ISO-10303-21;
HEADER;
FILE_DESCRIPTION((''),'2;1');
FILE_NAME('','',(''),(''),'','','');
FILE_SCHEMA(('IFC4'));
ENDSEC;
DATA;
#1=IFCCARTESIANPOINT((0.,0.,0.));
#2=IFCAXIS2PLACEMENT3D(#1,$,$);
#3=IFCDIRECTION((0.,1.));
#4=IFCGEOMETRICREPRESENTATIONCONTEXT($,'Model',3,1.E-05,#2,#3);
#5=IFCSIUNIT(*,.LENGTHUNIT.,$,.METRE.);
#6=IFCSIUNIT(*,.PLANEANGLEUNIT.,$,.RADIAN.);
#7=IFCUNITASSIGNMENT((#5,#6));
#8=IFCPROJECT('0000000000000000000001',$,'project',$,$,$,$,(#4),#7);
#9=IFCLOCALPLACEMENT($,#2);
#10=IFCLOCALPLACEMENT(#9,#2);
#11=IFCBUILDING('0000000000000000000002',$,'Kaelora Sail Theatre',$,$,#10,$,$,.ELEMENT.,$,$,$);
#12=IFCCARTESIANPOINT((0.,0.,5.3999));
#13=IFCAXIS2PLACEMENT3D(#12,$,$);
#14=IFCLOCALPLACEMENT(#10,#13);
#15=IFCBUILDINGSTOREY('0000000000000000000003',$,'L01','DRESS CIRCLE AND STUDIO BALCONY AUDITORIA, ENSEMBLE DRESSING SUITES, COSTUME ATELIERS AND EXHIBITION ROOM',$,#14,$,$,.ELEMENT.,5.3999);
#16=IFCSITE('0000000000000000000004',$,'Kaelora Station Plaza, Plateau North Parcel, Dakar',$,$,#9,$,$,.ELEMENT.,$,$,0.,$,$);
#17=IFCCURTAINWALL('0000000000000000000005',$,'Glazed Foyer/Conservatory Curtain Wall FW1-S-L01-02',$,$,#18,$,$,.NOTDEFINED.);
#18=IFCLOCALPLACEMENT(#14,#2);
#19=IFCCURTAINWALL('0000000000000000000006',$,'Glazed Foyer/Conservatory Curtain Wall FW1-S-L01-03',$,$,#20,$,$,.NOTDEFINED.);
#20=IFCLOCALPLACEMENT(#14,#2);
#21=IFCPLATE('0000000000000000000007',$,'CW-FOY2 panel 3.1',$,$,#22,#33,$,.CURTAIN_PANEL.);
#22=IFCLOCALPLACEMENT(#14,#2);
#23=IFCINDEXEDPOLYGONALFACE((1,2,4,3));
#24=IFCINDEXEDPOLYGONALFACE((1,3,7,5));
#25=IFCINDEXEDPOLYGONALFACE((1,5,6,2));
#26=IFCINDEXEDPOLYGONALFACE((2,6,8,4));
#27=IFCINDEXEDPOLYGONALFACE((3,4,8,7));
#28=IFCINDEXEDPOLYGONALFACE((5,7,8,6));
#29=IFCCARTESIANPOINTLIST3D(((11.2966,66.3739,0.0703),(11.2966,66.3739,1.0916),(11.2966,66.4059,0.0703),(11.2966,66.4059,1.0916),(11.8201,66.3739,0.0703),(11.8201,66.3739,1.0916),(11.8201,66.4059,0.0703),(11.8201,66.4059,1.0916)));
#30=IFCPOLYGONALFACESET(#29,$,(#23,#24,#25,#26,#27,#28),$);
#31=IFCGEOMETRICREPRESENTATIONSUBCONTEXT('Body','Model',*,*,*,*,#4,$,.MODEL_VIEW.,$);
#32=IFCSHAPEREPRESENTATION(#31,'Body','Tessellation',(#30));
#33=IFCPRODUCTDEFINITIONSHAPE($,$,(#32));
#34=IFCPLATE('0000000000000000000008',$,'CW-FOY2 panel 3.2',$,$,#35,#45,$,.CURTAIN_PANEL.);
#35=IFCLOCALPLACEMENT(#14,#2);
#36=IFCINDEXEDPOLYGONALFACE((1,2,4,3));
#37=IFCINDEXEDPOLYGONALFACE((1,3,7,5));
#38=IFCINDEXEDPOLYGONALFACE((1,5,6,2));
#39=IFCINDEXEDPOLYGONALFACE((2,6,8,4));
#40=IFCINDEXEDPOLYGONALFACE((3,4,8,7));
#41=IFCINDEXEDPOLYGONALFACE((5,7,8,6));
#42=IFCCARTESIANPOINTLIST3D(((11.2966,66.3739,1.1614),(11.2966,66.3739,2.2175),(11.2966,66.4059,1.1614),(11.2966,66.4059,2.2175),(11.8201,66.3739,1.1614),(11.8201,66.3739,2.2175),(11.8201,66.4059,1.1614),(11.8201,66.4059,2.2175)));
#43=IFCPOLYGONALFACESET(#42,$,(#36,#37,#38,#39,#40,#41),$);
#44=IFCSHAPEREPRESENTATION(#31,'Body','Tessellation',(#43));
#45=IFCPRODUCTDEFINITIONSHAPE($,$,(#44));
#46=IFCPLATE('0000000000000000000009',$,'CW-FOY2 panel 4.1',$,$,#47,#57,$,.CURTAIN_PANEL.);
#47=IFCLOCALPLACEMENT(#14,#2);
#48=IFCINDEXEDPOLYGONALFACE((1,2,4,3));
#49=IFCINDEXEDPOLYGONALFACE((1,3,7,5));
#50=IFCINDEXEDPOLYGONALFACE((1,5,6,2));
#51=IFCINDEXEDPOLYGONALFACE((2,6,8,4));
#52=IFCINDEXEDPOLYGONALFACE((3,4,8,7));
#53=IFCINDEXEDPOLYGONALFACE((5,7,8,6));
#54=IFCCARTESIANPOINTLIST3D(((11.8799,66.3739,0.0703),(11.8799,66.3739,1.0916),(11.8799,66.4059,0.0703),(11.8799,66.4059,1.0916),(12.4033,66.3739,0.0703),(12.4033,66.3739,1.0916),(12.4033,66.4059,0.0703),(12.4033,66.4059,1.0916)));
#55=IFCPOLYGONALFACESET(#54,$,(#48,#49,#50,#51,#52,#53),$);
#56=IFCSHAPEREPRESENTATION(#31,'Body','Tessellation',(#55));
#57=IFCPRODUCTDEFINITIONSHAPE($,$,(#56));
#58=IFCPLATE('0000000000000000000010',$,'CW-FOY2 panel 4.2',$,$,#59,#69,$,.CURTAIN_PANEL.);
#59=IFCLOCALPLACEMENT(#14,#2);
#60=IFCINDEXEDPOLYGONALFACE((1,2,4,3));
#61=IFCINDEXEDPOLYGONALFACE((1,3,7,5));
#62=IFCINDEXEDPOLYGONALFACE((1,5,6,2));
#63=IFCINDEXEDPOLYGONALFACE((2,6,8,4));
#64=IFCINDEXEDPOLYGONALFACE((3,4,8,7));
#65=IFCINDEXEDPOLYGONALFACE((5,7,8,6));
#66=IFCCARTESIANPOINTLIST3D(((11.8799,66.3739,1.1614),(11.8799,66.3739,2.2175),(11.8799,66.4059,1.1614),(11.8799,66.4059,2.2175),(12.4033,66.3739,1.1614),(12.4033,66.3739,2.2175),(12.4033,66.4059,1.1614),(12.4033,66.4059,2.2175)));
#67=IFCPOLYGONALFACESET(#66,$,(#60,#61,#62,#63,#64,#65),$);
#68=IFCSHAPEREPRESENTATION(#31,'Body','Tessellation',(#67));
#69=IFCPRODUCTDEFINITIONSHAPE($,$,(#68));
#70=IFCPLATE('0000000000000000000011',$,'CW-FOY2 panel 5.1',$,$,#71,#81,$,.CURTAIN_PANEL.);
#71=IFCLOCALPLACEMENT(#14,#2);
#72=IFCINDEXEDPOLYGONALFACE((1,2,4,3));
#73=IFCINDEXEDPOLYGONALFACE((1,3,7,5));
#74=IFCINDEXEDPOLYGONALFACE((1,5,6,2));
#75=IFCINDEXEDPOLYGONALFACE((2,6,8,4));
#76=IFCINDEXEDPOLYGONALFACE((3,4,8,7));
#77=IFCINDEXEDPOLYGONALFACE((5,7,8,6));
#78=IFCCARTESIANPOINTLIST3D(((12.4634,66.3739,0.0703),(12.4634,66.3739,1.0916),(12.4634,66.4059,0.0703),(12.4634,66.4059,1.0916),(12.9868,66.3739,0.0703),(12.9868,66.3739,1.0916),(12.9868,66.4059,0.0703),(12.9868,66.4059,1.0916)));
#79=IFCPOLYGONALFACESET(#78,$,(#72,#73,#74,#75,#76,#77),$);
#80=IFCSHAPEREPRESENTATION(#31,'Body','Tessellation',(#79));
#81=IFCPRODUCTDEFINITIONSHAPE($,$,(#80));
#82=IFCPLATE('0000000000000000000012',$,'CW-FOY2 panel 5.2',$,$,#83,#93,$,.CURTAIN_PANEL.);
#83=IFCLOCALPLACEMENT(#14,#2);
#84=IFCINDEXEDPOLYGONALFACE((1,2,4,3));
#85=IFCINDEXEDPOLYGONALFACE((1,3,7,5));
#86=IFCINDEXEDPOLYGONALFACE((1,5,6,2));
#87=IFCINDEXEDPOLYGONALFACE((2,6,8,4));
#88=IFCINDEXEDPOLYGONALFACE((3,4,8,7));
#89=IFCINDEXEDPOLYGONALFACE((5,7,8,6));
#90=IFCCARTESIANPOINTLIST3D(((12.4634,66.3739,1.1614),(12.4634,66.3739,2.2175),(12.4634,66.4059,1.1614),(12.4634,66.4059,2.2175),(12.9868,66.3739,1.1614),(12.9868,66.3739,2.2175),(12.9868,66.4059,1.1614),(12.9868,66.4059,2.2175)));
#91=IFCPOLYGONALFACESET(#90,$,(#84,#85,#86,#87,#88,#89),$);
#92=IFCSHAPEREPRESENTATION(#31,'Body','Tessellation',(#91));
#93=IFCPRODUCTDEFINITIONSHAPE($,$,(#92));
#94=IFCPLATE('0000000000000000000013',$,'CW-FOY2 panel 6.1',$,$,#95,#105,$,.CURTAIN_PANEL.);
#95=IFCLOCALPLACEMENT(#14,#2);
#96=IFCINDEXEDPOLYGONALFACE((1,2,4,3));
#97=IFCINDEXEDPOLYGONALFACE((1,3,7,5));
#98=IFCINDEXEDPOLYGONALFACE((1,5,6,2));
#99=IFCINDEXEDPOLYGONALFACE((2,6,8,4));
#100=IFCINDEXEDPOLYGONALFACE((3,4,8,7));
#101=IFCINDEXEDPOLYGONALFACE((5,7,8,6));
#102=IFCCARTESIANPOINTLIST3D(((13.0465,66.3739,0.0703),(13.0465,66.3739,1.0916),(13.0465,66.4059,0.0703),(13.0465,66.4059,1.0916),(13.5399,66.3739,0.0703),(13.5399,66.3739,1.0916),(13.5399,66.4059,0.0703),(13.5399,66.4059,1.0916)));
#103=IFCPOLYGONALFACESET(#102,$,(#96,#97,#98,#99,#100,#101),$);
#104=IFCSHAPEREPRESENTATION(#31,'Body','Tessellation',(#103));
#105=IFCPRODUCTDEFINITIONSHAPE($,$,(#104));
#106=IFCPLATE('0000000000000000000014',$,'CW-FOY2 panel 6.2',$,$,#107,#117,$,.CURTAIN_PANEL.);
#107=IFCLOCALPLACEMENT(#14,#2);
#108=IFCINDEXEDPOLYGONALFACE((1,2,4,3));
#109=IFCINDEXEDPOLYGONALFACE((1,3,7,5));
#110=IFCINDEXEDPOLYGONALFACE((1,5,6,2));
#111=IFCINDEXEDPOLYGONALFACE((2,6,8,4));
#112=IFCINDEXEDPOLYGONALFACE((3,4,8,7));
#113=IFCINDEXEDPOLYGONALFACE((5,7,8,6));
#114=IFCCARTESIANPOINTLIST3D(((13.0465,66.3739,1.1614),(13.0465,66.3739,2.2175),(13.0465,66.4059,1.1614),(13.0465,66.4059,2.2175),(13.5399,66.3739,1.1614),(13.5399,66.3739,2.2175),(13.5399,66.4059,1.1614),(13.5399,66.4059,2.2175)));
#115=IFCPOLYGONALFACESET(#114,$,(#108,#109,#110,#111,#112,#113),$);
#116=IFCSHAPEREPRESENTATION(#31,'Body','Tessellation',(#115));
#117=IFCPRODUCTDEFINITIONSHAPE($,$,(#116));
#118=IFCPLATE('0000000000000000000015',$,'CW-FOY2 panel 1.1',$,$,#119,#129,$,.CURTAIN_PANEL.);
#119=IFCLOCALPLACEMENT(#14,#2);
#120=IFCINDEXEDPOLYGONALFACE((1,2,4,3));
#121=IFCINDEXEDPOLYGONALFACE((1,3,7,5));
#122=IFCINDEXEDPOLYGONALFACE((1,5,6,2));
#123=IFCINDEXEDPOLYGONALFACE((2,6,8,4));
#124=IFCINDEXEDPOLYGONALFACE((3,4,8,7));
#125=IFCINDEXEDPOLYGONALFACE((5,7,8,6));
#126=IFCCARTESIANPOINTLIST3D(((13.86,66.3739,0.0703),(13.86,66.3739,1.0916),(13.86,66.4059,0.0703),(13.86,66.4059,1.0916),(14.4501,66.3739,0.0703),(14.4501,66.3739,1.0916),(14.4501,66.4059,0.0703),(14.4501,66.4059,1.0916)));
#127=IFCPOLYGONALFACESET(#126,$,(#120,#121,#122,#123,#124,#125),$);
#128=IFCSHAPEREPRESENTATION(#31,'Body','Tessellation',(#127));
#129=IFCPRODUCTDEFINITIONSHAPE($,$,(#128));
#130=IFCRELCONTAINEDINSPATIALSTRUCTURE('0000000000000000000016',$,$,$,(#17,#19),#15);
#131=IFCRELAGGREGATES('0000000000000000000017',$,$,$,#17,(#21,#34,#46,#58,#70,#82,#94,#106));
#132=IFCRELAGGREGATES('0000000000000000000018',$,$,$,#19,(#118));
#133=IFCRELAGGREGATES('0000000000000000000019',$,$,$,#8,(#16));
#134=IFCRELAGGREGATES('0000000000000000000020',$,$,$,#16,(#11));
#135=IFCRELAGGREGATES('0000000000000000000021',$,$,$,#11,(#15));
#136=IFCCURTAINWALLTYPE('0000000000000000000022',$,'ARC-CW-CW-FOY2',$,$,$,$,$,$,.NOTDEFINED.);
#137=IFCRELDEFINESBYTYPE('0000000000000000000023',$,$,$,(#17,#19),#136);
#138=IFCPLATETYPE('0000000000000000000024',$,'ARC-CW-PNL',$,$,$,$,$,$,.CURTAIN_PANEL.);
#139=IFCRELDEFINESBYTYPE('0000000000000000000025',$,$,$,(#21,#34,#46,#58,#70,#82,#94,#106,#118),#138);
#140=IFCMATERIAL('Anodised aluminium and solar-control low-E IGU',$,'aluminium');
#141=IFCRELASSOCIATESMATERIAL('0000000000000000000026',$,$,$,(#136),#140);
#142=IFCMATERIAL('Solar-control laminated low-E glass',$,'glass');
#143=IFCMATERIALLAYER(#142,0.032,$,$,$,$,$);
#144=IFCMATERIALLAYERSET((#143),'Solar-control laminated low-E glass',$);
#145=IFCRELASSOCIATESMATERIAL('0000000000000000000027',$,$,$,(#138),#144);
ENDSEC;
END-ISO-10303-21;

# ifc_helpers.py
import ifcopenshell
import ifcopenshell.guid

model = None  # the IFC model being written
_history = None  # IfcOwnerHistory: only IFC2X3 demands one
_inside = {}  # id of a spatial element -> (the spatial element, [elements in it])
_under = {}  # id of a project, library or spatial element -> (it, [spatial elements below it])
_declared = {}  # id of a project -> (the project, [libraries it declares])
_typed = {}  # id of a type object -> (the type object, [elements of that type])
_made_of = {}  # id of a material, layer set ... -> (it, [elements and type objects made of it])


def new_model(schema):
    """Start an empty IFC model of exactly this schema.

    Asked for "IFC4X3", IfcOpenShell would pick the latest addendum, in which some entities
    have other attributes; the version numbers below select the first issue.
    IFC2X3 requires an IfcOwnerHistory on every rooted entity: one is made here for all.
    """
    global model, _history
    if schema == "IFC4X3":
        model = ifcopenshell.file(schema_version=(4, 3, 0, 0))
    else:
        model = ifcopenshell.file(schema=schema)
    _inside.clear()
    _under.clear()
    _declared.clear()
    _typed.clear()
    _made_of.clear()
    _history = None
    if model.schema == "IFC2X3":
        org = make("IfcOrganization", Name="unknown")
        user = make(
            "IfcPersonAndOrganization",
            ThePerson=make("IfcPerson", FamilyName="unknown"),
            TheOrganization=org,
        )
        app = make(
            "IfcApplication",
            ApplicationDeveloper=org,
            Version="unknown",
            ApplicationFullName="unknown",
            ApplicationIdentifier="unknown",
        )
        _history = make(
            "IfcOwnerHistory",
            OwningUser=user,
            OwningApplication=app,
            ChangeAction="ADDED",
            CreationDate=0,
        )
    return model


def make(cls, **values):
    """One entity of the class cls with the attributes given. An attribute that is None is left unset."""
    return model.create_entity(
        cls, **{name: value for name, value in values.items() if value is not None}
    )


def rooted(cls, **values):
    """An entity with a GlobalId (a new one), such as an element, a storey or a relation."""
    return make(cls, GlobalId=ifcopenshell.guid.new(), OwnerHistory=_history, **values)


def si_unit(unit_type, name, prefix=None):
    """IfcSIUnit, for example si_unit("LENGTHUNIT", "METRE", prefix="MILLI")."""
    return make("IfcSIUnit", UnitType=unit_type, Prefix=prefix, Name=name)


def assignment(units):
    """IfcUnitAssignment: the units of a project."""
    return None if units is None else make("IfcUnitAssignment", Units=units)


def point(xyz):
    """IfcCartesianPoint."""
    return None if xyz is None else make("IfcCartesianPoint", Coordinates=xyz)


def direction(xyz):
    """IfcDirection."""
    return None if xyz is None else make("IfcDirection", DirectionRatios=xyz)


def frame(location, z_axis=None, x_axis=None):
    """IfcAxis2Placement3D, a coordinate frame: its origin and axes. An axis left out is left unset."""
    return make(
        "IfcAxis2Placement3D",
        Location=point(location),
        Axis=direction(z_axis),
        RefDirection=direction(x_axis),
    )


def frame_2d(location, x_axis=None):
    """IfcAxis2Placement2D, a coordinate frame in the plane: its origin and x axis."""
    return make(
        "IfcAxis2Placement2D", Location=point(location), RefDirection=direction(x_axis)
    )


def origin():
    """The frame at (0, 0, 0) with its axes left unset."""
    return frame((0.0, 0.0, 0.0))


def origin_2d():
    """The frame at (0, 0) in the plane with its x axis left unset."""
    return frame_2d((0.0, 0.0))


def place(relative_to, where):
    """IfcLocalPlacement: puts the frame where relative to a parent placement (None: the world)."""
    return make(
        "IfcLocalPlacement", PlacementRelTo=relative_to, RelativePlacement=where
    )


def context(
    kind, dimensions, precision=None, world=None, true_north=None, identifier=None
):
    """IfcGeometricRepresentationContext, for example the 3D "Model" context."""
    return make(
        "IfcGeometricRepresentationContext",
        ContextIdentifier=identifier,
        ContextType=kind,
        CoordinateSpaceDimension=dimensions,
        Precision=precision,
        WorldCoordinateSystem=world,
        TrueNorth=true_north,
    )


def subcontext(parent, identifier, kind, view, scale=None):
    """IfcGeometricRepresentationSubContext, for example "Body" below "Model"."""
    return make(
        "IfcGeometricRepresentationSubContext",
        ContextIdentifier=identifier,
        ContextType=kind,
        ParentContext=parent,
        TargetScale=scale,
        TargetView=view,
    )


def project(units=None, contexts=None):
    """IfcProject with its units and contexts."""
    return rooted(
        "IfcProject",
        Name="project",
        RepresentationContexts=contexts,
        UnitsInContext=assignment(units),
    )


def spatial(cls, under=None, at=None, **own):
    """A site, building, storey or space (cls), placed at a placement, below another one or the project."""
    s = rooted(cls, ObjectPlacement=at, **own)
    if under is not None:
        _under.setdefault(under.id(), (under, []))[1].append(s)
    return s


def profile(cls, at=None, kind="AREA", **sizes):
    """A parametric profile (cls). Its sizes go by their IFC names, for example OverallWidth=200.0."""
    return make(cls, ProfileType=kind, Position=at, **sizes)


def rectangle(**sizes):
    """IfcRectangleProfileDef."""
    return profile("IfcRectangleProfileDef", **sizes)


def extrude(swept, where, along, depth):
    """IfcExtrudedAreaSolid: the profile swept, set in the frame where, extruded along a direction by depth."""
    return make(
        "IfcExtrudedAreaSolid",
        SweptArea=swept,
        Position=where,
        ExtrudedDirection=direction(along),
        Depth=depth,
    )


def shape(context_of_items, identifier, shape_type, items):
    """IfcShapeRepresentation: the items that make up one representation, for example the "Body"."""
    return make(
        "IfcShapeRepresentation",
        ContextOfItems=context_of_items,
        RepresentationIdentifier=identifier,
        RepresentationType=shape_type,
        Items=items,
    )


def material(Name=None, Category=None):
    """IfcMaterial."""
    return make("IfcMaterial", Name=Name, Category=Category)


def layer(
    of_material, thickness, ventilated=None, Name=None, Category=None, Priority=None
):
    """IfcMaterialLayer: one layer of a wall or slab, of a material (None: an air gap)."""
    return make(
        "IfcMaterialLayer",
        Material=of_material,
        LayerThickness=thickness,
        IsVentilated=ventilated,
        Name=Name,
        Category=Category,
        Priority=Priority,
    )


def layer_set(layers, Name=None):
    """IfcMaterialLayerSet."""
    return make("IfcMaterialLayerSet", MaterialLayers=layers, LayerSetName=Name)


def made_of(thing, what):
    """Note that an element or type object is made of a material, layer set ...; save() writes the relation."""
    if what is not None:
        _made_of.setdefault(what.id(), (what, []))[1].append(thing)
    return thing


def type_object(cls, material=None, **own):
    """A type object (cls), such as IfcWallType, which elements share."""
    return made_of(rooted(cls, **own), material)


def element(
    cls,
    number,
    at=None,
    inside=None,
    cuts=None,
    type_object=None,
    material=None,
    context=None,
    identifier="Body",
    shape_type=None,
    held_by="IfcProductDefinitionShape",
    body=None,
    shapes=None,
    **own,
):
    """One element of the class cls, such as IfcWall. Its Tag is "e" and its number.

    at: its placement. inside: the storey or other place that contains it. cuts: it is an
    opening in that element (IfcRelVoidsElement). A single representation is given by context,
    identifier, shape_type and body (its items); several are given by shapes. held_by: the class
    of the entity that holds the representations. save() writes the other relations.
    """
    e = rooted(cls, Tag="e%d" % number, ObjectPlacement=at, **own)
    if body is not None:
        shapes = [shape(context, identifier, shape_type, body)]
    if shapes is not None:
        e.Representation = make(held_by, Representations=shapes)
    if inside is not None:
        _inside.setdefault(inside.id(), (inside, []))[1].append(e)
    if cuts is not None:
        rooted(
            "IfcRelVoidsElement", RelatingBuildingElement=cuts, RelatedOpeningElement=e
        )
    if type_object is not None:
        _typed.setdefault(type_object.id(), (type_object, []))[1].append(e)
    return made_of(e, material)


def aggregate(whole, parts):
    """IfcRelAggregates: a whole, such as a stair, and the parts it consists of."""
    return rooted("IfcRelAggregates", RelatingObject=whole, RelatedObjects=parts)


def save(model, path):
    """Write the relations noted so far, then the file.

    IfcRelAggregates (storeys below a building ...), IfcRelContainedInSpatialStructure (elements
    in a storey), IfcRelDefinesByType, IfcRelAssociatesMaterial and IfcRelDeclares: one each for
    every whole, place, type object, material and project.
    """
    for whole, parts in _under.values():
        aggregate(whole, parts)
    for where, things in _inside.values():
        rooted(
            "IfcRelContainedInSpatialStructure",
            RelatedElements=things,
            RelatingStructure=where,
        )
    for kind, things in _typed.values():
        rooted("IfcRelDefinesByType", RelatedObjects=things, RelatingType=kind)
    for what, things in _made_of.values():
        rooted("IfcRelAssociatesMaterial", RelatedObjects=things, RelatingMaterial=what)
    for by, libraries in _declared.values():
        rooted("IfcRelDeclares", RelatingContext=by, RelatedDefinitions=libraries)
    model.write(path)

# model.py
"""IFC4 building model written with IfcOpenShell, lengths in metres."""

from ifc_helpers import new_model, si_unit, direction, frame, origin, origin_2d, place, context, subcontext, project, spatial, rectangle, extrude, material, layer, layer_set, type_object, element, aggregate, save


model = new_model("IFC4")

# Units and contexts
model_context = context("Model", 3, precision=1e-05, world=origin(), true_north=direction((0.0, 1.0)))
body_context = subcontext(model_context, "Body", "Model", "MODEL_VIEW")
ifc_project = project(units=[si_unit("LENGTHUNIT", "METRE"), si_unit("PLANEANGLEUNIT", "RADIAN")], contexts=[model_context])

# Site, building, storey
site_placement = place(None, origin())
site = spatial("IfcSite", under=ifc_project, at=site_placement, Name="Kaelora Station Plaza, Plateau North Parcel, Dakar", CompositionType="ELEMENT", RefElevation=0.0)
building_placement = place(site_placement, origin())
building = spatial("IfcBuilding", under=site, at=building_placement, Name="Kaelora Sail Theatre", CompositionType="ELEMENT")
storey_placement = place(building_placement, frame((0.0, 0.0, 5.3999)))
storey = spatial("IfcBuildingStorey", under=building, at=storey_placement, Name="L01", Description="DRESS CIRCLE AND STUDIO BALCONY AUDITORIA, ENSEMBLE DRESSING SUITES, COSTUME ATELIERS AND EXHIBITION ROOM", CompositionType="ELEMENT", Elevation=5.3999)

# Curtain walls
ifc_material_1 = material(Name="Anodised aluminium and solar-control low-E IGU", Category="aluminium")
curtain_wall_type = type_object("IfcCurtainWallType", Name="ARC-CW-CW-FOY2", PredefinedType="NOTDEFINED", material=ifc_material_1)
curtain_wall_1_placement = place(storey_placement, origin())
curtain_wall_1 = element("IfcCurtainWall", 1, at=curtain_wall_1_placement, inside=storey, type_object=curtain_wall_type, Name="Glazed Foyer/Conservatory Curtain Wall FW1-S-L01-02", PredefinedType="NOTDEFINED")
curtain_wall_2_placement = place(storey_placement, origin())
curtain_wall_2 = element("IfcCurtainWall", 2, at=curtain_wall_2_placement, inside=storey, type_object=curtain_wall_type, Name="Glazed Foyer/Conservatory Curtain Wall FW1-S-L01-03", PredefinedType="NOTDEFINED")

# Plates
ifc_material_2 = material(Name="Solar-control laminated low-E glass", Category="glass")
ifc_layer = layer(ifc_material_2, 0.032)
ifc_layer_set = layer_set([ifc_layer], Name="Solar-control laminated low-E glass")
plate_type = type_object("IfcPlateType", Name="ARC-CW-PNL", PredefinedType="CURTAIN_PANEL", material=ifc_layer_set)
plate_1_placement = place(storey_placement, frame((11.5583, 66.3899, 0.0703), z_axis=(0.0, 0.0, 1.0), x_axis=(1.0, 0.0, 0.0)))
plate_1 = element("IfcPlate", 3, at=plate_1_placement, type_object=plate_type, Name="CW-FOY2 panel 3.1", PredefinedType="CURTAIN_PANEL", context=body_context, shape_type="SweptSolid", body=[
    extrude(rectangle(XDim=0.5234, YDim=0.032, at=origin_2d()), origin(), (0.0, 0.0, 1.0), 1.0212),
])
plate_2_placement = place(storey_placement, frame((11.5583, 66.3899, 1.1614), z_axis=(0.0, 0.0, 1.0), x_axis=(1.0, 0.0, 0.0)))
plate_2 = element("IfcPlate", 4, at=plate_2_placement, type_object=plate_type, Name="CW-FOY2 panel 3.2", PredefinedType="CURTAIN_PANEL", context=body_context, shape_type="SweptSolid", body=[
    extrude(rectangle(XDim=0.5234, YDim=0.032, at=origin_2d()), origin(), (0.0, 0.0, 1.0), 1.0562),
])
plate_3_placement = place(storey_placement, frame((12.1416, 66.3899, 0.0703), z_axis=(0.0, 0.0, 1.0), x_axis=(1.0, 0.0, 0.0)))
plate_3 = element("IfcPlate", 5, at=plate_3_placement, type_object=plate_type, Name="CW-FOY2 panel 4.1", PredefinedType="CURTAIN_PANEL", context=body_context, shape_type="SweptSolid", body=[
    extrude(rectangle(XDim=0.5234, YDim=0.032, at=origin_2d()), origin(), (0.0, 0.0, 1.0), 1.0212),
])
plate_4_placement = place(storey_placement, frame((12.1416, 66.3899, 1.1614), z_axis=(0.0, 0.0, 1.0), x_axis=(1.0, 0.0, 0.0)))
plate_4 = element("IfcPlate", 6, at=plate_4_placement, type_object=plate_type, Name="CW-FOY2 panel 4.2", PredefinedType="CURTAIN_PANEL", context=body_context, shape_type="SweptSolid", body=[
    extrude(rectangle(XDim=0.5234, YDim=0.032, at=origin_2d()), origin(), (0.0, 0.0, 1.0), 1.0562),
])
plate_5_placement = place(storey_placement, frame((12.7251, 66.3899, 0.0703), z_axis=(0.0, 0.0, 1.0), x_axis=(1.0, 0.0, 0.0)))
plate_5 = element("IfcPlate", 7, at=plate_5_placement, type_object=plate_type, Name="CW-FOY2 panel 5.1", PredefinedType="CURTAIN_PANEL", context=body_context, shape_type="SweptSolid", body=[
    extrude(rectangle(XDim=0.5234, YDim=0.032, at=origin_2d()), origin(), (0.0, 0.0, 1.0), 1.0212),
])
plate_6_placement = place(storey_placement, frame((12.7251, 66.3899, 1.1614), z_axis=(0.0, 0.0, 1.0), x_axis=(1.0, 0.0, 0.0)))
plate_6 = element("IfcPlate", 8, at=plate_6_placement, type_object=plate_type, Name="CW-FOY2 panel 5.2", PredefinedType="CURTAIN_PANEL", context=body_context, shape_type="SweptSolid", body=[
    extrude(rectangle(XDim=0.5234, YDim=0.032, at=origin_2d()), origin(), (0.0, 0.0, 1.0), 1.0562),
])
plate_7_placement = place(storey_placement, frame((13.2932, 66.3899, 0.0703), z_axis=(0.0, 0.0, 1.0), x_axis=(1.0, 0.0, 0.0)))
plate_7 = element("IfcPlate", 9, at=plate_7_placement, type_object=plate_type, Name="CW-FOY2 panel 6.1", PredefinedType="CURTAIN_PANEL", context=body_context, shape_type="SweptSolid", body=[
    extrude(rectangle(XDim=0.4934, YDim=0.032, at=origin_2d()), origin(), (0.0, 0.0, 1.0), 1.0212),
])
plate_8_placement = place(storey_placement, frame((13.2932, 66.3899, 1.1614), z_axis=(0.0, 0.0, 1.0), x_axis=(1.0, 0.0, 0.0)))
plate_8 = element("IfcPlate", 10, at=plate_8_placement, type_object=plate_type, Name="CW-FOY2 panel 6.2", PredefinedType="CURTAIN_PANEL", context=body_context, shape_type="SweptSolid", body=[
    extrude(rectangle(XDim=0.4934, YDim=0.032, at=origin_2d()), origin(), (0.0, 0.0, 1.0), 1.0562),
])
aggregate(curtain_wall_1, [plate_1, plate_2, plate_3, plate_4, plate_5, plate_6, plate_7, plate_8])
plate_9_placement = place(storey_placement, frame((14.155, 66.3899, 0.0703), z_axis=(0.0, 0.0, 1.0), x_axis=(1.0, 0.0, 0.0)))
plate_9 = element("IfcPlate", 11, at=plate_9_placement, type_object=plate_type, Name="CW-FOY2 panel 1.1", PredefinedType="CURTAIN_PANEL", context=body_context, shape_type="SweptSolid", body=[
    extrude(rectangle(XDim=0.5901, YDim=0.032, at=origin_2d()), origin(), (0.0, 0.0, 1.0), 1.0212),
])
aggregate(curtain_wall_2, [plate_9])

save(model, "model.ifc")
